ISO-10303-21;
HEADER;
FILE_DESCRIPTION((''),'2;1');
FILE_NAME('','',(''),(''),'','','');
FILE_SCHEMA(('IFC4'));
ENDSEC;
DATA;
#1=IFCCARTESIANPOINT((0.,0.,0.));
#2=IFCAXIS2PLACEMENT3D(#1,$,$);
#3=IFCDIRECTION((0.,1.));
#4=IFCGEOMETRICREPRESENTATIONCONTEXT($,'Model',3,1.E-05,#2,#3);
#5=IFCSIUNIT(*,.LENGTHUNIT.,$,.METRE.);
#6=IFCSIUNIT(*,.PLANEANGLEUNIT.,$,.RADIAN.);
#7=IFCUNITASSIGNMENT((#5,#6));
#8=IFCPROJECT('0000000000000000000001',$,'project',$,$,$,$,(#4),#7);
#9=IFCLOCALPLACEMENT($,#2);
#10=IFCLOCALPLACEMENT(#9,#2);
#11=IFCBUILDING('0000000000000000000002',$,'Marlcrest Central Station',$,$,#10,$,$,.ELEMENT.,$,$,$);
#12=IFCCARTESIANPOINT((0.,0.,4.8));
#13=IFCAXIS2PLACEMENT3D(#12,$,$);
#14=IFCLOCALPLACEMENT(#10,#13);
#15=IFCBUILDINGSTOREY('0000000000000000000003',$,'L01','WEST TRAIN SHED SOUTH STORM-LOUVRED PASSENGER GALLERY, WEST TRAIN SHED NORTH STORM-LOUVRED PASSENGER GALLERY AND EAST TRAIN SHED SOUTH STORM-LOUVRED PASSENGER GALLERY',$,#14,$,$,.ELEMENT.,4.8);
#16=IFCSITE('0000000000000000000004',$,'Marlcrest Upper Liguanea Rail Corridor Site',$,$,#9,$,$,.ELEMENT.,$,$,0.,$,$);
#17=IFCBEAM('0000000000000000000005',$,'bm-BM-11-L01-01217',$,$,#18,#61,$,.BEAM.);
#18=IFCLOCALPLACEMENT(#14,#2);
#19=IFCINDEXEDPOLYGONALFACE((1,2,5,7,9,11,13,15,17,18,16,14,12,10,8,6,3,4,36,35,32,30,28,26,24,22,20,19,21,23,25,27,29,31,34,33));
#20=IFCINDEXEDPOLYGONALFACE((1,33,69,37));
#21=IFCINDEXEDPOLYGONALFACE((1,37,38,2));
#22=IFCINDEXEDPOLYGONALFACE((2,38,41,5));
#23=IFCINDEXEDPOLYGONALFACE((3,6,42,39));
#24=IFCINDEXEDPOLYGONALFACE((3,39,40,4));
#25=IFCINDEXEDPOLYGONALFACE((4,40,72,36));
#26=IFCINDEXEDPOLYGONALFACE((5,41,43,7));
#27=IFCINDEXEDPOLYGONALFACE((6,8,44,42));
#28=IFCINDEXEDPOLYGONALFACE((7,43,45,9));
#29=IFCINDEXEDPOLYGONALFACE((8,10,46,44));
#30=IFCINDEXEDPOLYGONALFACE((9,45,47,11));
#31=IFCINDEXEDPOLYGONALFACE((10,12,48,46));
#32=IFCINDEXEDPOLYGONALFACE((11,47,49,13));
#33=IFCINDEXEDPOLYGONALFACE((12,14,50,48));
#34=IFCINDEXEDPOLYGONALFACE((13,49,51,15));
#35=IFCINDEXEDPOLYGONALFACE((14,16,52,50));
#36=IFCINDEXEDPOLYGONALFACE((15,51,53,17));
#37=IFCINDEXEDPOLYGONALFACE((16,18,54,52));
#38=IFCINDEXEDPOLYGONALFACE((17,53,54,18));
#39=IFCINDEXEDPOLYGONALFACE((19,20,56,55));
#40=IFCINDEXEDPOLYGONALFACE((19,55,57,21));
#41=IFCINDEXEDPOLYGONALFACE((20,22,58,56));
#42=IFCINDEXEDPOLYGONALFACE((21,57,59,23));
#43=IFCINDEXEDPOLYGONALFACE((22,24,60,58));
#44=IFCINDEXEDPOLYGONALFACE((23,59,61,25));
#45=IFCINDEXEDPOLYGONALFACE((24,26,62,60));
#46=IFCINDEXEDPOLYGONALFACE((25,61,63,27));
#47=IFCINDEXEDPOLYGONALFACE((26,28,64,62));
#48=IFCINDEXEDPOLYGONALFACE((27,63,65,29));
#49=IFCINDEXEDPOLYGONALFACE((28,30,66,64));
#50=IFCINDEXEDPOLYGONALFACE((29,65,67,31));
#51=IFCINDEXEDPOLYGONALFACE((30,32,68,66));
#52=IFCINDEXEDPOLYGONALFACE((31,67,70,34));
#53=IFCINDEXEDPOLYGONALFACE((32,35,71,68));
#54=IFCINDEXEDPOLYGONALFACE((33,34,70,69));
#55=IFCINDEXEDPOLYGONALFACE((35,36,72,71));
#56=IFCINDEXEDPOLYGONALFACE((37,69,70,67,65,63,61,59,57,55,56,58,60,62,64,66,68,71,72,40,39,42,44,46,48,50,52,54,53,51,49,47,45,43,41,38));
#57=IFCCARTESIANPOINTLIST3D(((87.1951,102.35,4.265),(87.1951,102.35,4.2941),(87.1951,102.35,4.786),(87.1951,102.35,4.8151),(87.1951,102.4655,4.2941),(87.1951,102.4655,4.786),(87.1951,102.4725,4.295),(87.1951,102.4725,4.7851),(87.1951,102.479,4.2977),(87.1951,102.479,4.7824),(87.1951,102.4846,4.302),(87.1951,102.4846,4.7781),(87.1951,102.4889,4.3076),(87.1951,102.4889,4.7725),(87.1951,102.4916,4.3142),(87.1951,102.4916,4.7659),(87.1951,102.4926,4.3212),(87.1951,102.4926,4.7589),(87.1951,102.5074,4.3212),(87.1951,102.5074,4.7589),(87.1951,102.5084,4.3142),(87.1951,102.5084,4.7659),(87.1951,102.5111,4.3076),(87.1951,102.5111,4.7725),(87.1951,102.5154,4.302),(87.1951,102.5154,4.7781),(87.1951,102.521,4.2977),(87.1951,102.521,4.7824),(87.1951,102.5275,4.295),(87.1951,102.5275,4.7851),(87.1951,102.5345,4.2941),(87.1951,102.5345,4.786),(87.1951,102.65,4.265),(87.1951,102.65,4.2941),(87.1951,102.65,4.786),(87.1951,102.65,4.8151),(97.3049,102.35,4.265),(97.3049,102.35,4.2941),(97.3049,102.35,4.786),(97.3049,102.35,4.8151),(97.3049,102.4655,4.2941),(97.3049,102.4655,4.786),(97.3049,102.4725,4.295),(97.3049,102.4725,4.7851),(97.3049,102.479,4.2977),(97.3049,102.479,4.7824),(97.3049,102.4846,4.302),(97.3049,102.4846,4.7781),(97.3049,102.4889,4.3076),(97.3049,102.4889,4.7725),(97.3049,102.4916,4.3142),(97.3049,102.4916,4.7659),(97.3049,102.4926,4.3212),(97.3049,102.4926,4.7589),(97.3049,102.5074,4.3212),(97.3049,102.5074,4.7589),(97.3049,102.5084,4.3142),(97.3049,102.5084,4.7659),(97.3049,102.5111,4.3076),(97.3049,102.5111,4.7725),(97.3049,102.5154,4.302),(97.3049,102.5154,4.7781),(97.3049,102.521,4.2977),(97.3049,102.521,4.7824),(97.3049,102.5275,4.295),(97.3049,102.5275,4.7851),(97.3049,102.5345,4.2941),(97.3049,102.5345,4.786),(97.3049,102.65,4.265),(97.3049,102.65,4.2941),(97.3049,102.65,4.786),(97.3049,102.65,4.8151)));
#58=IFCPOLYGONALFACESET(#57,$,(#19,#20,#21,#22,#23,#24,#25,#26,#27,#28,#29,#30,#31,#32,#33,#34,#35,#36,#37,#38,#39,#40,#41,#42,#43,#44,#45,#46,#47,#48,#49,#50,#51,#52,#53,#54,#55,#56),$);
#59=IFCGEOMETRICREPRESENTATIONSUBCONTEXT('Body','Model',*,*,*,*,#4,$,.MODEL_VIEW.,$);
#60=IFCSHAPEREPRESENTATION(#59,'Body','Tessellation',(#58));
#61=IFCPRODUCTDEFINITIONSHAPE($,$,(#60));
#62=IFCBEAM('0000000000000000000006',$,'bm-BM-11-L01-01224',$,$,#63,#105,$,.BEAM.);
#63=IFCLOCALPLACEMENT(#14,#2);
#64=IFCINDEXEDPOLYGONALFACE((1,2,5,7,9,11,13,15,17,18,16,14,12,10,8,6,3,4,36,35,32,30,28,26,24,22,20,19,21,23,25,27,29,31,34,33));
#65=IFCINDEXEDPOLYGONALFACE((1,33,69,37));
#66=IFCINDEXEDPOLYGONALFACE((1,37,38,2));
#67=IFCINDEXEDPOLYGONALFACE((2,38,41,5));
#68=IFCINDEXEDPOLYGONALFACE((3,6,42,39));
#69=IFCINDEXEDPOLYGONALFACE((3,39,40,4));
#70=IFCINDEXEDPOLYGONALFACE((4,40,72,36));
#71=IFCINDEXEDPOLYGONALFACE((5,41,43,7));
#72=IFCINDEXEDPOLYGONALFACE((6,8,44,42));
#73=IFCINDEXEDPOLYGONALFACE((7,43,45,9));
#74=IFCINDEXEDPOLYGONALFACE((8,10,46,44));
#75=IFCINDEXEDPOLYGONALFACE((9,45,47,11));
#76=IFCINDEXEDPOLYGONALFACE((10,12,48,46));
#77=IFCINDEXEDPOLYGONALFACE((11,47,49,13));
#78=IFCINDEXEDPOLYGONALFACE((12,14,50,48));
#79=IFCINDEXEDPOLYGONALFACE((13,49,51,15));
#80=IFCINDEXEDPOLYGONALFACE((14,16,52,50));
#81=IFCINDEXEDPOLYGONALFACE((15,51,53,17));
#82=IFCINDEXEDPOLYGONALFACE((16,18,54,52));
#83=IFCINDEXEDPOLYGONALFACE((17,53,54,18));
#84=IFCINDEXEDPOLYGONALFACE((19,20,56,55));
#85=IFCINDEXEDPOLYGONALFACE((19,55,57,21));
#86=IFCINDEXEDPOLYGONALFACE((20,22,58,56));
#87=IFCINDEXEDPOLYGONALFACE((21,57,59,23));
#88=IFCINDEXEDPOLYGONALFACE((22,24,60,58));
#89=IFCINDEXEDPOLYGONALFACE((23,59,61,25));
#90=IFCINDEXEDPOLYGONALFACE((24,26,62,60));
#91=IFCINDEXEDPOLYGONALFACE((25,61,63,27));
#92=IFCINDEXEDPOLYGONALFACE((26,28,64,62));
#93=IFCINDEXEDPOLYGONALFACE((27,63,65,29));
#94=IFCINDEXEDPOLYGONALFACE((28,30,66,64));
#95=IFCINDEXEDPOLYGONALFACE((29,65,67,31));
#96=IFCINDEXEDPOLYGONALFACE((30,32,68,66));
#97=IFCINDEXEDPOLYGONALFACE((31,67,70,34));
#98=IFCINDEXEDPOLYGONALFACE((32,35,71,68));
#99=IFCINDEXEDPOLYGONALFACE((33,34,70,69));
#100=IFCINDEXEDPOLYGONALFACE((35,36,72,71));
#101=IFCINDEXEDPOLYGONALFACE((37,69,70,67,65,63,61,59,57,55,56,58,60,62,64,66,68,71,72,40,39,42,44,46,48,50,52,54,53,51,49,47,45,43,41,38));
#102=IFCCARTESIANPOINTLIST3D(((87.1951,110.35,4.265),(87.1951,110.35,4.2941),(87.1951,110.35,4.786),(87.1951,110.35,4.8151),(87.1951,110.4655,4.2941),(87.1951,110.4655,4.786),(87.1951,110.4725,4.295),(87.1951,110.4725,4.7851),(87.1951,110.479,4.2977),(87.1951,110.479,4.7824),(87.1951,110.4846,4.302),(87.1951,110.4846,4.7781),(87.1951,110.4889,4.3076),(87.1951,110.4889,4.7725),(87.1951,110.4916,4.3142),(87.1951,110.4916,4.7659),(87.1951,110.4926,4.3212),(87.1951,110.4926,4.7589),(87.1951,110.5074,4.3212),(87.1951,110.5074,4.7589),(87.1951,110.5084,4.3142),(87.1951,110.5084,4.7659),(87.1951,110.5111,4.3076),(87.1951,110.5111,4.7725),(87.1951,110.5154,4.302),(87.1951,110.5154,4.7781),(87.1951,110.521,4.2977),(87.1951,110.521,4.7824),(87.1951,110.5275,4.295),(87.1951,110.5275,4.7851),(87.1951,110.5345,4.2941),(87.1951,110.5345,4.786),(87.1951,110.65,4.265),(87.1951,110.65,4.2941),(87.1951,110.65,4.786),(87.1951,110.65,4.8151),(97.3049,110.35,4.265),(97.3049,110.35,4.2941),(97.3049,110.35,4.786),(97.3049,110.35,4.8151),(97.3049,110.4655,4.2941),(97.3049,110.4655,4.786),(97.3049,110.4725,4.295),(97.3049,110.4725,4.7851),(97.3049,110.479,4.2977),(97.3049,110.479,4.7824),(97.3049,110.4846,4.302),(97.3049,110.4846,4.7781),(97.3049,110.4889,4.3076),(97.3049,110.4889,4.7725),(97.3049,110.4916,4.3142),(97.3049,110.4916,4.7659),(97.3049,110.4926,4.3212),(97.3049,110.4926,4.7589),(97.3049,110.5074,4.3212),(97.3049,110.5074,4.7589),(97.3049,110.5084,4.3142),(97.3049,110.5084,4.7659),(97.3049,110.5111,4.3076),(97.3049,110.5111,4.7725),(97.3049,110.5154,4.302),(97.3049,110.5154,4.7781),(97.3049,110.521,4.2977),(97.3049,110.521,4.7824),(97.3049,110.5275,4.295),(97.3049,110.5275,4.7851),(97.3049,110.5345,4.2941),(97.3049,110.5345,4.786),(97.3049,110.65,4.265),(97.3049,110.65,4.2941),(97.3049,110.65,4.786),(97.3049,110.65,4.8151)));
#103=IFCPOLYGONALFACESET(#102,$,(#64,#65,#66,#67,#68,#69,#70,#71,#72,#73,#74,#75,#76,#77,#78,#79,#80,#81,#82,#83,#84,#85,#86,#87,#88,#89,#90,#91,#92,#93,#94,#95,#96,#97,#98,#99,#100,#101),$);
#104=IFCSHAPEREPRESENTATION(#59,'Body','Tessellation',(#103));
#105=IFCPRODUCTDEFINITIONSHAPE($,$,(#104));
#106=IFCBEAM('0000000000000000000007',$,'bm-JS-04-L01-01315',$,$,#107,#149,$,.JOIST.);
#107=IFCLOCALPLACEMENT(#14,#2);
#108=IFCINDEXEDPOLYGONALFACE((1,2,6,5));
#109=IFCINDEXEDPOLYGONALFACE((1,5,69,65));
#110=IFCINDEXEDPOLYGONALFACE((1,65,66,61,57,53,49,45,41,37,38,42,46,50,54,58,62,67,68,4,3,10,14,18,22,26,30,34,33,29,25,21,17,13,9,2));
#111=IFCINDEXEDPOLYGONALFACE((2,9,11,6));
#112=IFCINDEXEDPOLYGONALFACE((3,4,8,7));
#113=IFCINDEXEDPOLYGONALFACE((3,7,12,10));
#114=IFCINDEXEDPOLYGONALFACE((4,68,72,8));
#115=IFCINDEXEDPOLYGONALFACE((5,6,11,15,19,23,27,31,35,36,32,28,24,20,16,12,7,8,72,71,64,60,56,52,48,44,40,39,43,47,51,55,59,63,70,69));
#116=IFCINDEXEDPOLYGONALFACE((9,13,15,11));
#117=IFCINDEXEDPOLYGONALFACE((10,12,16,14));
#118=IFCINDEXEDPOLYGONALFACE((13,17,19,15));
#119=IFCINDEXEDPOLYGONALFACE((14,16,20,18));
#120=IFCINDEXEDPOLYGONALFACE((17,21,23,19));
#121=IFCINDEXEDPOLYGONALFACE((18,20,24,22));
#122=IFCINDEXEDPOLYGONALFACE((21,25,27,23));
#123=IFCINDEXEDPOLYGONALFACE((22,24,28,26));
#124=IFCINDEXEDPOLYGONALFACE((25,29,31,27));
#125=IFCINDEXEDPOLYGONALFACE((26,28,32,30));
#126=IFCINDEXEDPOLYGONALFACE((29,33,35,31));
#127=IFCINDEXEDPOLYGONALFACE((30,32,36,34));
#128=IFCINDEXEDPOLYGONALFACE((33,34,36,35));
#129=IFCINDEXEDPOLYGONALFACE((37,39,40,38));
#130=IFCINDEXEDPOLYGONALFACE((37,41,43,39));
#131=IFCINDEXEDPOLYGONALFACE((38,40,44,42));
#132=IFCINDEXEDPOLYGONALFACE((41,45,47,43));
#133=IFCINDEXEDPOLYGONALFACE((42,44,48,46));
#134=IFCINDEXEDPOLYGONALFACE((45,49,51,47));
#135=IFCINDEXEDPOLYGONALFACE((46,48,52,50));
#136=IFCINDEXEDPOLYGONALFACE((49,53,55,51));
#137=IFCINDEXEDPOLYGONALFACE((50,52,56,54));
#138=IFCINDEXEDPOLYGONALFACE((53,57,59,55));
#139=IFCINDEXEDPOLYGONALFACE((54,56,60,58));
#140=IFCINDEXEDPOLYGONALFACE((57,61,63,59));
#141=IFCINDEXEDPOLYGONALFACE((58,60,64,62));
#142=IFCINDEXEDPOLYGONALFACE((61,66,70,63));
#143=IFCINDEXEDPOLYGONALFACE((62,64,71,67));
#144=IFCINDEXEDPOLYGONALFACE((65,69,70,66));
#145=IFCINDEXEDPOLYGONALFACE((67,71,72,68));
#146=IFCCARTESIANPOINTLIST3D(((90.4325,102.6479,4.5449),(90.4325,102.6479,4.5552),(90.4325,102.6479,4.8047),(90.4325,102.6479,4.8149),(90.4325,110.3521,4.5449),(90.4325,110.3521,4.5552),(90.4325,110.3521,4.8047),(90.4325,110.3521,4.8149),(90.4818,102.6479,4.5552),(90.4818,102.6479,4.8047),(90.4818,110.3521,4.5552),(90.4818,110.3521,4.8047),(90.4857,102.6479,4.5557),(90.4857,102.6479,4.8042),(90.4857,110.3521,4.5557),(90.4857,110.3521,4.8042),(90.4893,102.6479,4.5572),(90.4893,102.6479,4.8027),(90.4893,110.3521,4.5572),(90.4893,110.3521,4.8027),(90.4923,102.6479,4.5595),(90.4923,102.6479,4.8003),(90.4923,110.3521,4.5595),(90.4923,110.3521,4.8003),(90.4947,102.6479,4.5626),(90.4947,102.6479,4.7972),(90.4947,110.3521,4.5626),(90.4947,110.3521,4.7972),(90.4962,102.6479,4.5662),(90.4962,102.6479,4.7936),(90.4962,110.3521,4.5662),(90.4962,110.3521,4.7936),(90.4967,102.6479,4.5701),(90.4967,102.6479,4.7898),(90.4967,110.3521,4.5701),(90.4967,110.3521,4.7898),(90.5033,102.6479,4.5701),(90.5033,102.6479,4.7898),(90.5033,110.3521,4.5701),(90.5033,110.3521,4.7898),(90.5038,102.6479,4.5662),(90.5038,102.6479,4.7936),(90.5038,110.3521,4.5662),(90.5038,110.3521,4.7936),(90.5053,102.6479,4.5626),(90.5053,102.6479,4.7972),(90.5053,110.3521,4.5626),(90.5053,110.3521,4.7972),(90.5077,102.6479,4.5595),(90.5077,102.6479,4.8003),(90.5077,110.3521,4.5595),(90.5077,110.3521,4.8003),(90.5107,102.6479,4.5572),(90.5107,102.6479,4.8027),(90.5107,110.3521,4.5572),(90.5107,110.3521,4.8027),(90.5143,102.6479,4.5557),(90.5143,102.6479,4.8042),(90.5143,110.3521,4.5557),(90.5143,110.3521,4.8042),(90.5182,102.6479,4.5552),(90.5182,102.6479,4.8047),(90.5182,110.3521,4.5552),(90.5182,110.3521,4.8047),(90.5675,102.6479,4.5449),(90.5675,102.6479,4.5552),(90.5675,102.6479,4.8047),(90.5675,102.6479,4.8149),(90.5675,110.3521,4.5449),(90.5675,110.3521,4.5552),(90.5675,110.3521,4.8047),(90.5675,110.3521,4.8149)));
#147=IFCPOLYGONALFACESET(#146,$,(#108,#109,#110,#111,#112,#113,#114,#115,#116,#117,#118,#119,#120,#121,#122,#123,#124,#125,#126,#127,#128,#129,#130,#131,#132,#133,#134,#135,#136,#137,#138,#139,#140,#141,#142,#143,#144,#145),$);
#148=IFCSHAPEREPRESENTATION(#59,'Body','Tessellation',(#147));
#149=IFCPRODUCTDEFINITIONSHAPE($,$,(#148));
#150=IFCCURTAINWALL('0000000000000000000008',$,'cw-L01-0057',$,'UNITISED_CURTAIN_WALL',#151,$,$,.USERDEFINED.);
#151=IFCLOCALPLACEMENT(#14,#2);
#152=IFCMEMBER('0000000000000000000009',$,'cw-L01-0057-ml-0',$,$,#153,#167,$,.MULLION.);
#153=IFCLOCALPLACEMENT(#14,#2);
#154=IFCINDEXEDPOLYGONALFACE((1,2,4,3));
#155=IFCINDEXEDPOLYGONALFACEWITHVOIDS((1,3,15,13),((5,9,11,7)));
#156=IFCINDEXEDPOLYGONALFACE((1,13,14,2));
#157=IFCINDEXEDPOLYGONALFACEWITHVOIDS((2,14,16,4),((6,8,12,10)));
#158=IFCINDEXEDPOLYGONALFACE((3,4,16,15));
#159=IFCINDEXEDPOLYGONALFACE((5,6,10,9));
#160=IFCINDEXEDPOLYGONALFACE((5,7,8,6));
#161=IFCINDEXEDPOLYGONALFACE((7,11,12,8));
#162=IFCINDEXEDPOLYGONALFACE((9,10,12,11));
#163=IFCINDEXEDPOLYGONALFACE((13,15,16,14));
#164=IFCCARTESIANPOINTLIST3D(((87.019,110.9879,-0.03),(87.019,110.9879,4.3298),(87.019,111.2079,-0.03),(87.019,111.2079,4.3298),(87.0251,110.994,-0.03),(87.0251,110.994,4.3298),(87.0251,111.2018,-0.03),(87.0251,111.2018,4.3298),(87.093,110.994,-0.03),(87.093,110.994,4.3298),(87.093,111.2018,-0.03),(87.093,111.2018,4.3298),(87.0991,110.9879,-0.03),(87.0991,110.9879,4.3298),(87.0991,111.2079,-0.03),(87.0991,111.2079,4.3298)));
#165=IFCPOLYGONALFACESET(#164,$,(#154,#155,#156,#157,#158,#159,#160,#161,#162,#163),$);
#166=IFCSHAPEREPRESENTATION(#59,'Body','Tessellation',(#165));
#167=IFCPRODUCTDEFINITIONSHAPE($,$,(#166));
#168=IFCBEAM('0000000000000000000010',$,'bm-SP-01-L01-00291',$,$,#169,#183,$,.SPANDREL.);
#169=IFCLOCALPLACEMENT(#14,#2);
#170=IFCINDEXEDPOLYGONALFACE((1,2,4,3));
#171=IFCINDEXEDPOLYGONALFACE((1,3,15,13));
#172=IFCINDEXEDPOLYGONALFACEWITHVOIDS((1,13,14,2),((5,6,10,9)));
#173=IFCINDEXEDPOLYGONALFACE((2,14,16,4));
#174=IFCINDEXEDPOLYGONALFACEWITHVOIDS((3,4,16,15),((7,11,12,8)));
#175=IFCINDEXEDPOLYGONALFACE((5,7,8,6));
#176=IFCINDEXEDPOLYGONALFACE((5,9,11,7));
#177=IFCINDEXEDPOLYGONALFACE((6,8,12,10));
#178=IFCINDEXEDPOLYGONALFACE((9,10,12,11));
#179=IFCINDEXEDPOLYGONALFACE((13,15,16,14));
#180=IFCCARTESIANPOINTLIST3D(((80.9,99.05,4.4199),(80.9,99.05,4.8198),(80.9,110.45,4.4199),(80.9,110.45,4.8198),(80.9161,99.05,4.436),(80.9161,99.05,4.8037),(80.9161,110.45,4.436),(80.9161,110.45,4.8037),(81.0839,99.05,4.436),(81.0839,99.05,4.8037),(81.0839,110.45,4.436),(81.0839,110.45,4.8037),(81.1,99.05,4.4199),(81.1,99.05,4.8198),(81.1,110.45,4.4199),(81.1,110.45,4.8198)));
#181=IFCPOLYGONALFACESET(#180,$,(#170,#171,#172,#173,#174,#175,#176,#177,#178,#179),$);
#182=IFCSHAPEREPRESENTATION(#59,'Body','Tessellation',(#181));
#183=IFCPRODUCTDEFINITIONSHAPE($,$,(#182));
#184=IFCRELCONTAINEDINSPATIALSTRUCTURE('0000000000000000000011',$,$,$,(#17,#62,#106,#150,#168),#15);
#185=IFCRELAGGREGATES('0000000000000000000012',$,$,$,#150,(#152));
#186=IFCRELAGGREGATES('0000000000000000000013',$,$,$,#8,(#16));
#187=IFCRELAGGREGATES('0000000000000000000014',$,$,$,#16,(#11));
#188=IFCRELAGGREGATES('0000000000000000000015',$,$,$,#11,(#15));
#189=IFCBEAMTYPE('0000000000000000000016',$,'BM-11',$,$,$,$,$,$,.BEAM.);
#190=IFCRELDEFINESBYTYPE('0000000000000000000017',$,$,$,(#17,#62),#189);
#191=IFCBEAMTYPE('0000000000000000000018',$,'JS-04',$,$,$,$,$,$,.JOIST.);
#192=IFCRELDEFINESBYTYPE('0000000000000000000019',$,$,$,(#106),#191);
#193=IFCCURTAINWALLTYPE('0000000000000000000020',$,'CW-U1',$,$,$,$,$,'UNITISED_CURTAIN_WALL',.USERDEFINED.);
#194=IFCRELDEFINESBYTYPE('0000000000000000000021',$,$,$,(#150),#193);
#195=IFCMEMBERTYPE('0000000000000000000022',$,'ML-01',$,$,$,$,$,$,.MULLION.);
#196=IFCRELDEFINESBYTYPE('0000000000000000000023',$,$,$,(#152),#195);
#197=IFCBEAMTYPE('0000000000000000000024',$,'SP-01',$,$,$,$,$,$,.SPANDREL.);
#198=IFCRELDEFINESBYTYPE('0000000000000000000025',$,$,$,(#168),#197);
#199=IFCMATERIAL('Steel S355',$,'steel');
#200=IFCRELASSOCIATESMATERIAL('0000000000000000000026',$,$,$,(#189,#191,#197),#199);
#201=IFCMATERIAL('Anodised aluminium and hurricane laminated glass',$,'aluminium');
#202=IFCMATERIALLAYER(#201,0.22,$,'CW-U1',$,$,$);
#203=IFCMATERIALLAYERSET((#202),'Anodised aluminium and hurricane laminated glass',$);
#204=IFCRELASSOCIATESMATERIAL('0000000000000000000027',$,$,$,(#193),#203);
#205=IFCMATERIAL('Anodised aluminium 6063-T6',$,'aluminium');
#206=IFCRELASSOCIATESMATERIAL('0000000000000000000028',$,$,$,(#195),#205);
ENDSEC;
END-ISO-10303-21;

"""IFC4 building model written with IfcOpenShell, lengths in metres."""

from ifc_helpers import new_model, si_unit, direction, frame, origin, origin_2d, place, context, subcontext, project, spatial, hollow_rectangle, i_section, extrude, material, layer, layer_set, material_profile, profile_set, type_object, element, aggregate, save


model = new_model("IFC4")

# Units and contexts
model_context = context("Model", 3, precision=1e-05, world=origin(), true_north=direction((0.0, 1.0)))
body_context = subcontext(model_context, "Body", "Model", "MODEL_VIEW")
ifc_project = project(units=[si_unit("LENGTHUNIT", "METRE"), si_unit("PLANEANGLEUNIT", "RADIAN")], contexts=[model_context])

# Site, building, storey
site_placement = place(None, origin())
site = spatial("IfcSite", under=ifc_project, at=site_placement, Name="Marlcrest Upper Liguanea Rail Corridor Site", CompositionType="ELEMENT", RefElevation=0.0)
building_placement = place(site_placement, origin())
building = spatial("IfcBuilding", under=site, at=building_placement, Name="Marlcrest Central Station", CompositionType="ELEMENT")
storey_placement = place(building_placement, frame((0.0, 0.0, 4.8)))
storey = spatial("IfcBuildingStorey", under=building, at=storey_placement, Name="L01", Description="WEST TRAIN SHED SOUTH STORM-LOUVRED PASSENGER GALLERY, WEST TRAIN SHED NORTH STORM-LOUVRED PASSENGER GALLERY AND EAST TRAIN SHED SOUTH STORM-LOUVRED PASSENGER GALLERY", CompositionType="ELEMENT", Elevation=4.8)

# Shared definitions
ifc_material_1 = material(Name="Steel S355", Category="steel")

# Beams
ifc_material_profile_1 = material_profile(ifc_material_1, i_section(OverallWidth=0.3, OverallDepth=0.55, WebThickness=0.0149, FlangeThickness=0.0291, FilletRadius=0.0271, at=origin_2d()), Name="HEB 550")
ifc_profile_set_1 = profile_set([ifc_material_profile_1], Name="Steel S355")
beam_type_1 = type_object("IfcBeamType", Name="BM-11", PredefinedType="BEAM", material=ifc_profile_set_1)
for number, where, z_axis, x_axis, name in (
    (1, (87.1951, 102.5, 4.54), (1.0, 0.0, 0.0), (0.0, 1.0, 0.0), "bm-BM-11-L01-01217"),
    (2, (87.1951, 110.5, 4.54), (1.0, 0.0, 0.0), (0.0, 1.0, 0.0), "bm-BM-11-L01-01224"),
):
    element("IfcBeam", number, at=place(storey_placement, frame(where, z_axis=z_axis, x_axis=x_axis)), inside=storey, type_object=beam_type_1, Name=name, PredefinedType="BEAM", context=body_context, shape_type="SweptSolid", body=[
        extrude(i_section(OverallWidth=0.3, OverallDepth=0.55, WebThickness=0.0149, FlangeThickness=0.0291, FilletRadius=0.0271, at=origin_2d()), origin(), (0.0, 0.0, 1.0), 10.1099),
    ])
ifc_material_profile_2 = material_profile(ifc_material_1, i_section(OverallWidth=0.135, OverallDepth=0.27, WebThickness=0.0066, FlangeThickness=0.0103, FilletRadius=0.0149, at=origin_2d()), Name="IPE 270")
ifc_profile_set_2 = profile_set([ifc_material_profile_2], Name="Steel S355")
beam_type_2 = type_object("IfcBeamType", Name="JS-04", PredefinedType="JOIST", material=ifc_profile_set_2)
beam_1_placement = place(storey_placement, frame((90.5, 102.6479, 4.6799), z_axis=(0.0, 1.0, 0.0), x_axis=(-1.0, 0.0, 0.0)))
element("IfcBeam", 3, at=beam_1_placement, inside=storey, type_object=beam_type_2, Name="bm-JS-04-L01-01315", PredefinedType="JOIST", context=body_context, shape_type="SweptSolid", body=[
    extrude(i_section(OverallWidth=0.135, OverallDepth=0.27, WebThickness=0.0066, FlangeThickness=0.0103, FilletRadius=0.0149, at=origin_2d()), origin(), (0.0, 0.0, 1.0), 7.7041),
])

# Curtain wall, member
ifc_material_2 = material(Name="Anodised aluminium and hurricane laminated glass", Category="aluminium")
ifc_layer_1 = layer(ifc_material_2, 0.22, Name="CW-U1")
ifc_layer_set_1 = layer_set([ifc_layer_1], Name="Anodised aluminium and hurricane laminated glass")
curtain_wall_type = type_object("IfcCurtainWallType", Name="CW-U1", ElementType="UNITISED_CURTAIN_WALL", PredefinedType="USERDEFINED", material=ifc_layer_set_1)
curtain_wall_placement = place(storey_placement, origin())
curtain_wall = element("IfcCurtainWall", 4, at=curtain_wall_placement, inside=storey, type_object=curtain_wall_type, Name="cw-L01-0057", ObjectType="UNITISED_CURTAIN_WALL", PredefinedType="USERDEFINED")
ifc_material_3 = material(Name="Anodised aluminium 6063-T6", Category="aluminium")
ifc_material_profile_3 = material_profile(ifc_material_3, hollow_rectangle(XDim=0.0801, YDim=0.22, WallThickness=0.0061, at=origin_2d()), Name="AA-RHS 220x80x6")
ifc_profile_set_3 = profile_set([ifc_material_profile_3], Name="Anodised aluminium 6063-T6")
member_type = type_object("IfcMemberType", Name="ML-01", PredefinedType="MULLION", material=ifc_profile_set_3)
member_placement = place(storey_placement, frame((87.0591, 111.0979, -0.03), z_axis=(0.0, 0.0, 1.0), x_axis=(1.0, 0.0, 0.0)))
member = element("IfcMember", 5, at=member_placement, type_object=member_type, Name="cw-L01-0057-ml-0", PredefinedType="MULLION", context=body_context, shape_type="SweptSolid", body=[
    extrude(hollow_rectangle(XDim=0.0801, YDim=0.22, WallThickness=0.0061, at=origin_2d()), origin(), (0.0, 0.0, 1.0), 4.3599),
])
aggregate(curtain_wall, [member])

# Beam
ifc_material_profile_4 = material_profile(ifc_material_1, hollow_rectangle(XDim=0.2, YDim=0.3999, WallThickness=0.0161, at=origin_2d()), Name="RHS 400x200x16")
ifc_profile_set_4 = profile_set([ifc_material_profile_4], Name="Steel S355")
beam_type_3 = type_object("IfcBeamType", Name="SP-01", PredefinedType="SPANDREL", material=ifc_profile_set_4)
beam_2_placement = place(storey_placement, frame((81.0, 99.05, 4.6199), z_axis=(0.0, 1.0, 0.0), x_axis=(-1.0, 0.0, 0.0)))
element("IfcBeam", 6, at=beam_2_placement, inside=storey, type_object=beam_type_3, Name="bm-SP-01-L01-00291", PredefinedType="SPANDREL", context=body_context, shape_type="SweptSolid", body=[
    extrude(hollow_rectangle(XDim=0.2, YDim=0.3999, WallThickness=0.0161, at=origin_2d()), origin(), (0.0, 0.0, 1.0), 11.3999),
])

save(model, "model.ifc")
